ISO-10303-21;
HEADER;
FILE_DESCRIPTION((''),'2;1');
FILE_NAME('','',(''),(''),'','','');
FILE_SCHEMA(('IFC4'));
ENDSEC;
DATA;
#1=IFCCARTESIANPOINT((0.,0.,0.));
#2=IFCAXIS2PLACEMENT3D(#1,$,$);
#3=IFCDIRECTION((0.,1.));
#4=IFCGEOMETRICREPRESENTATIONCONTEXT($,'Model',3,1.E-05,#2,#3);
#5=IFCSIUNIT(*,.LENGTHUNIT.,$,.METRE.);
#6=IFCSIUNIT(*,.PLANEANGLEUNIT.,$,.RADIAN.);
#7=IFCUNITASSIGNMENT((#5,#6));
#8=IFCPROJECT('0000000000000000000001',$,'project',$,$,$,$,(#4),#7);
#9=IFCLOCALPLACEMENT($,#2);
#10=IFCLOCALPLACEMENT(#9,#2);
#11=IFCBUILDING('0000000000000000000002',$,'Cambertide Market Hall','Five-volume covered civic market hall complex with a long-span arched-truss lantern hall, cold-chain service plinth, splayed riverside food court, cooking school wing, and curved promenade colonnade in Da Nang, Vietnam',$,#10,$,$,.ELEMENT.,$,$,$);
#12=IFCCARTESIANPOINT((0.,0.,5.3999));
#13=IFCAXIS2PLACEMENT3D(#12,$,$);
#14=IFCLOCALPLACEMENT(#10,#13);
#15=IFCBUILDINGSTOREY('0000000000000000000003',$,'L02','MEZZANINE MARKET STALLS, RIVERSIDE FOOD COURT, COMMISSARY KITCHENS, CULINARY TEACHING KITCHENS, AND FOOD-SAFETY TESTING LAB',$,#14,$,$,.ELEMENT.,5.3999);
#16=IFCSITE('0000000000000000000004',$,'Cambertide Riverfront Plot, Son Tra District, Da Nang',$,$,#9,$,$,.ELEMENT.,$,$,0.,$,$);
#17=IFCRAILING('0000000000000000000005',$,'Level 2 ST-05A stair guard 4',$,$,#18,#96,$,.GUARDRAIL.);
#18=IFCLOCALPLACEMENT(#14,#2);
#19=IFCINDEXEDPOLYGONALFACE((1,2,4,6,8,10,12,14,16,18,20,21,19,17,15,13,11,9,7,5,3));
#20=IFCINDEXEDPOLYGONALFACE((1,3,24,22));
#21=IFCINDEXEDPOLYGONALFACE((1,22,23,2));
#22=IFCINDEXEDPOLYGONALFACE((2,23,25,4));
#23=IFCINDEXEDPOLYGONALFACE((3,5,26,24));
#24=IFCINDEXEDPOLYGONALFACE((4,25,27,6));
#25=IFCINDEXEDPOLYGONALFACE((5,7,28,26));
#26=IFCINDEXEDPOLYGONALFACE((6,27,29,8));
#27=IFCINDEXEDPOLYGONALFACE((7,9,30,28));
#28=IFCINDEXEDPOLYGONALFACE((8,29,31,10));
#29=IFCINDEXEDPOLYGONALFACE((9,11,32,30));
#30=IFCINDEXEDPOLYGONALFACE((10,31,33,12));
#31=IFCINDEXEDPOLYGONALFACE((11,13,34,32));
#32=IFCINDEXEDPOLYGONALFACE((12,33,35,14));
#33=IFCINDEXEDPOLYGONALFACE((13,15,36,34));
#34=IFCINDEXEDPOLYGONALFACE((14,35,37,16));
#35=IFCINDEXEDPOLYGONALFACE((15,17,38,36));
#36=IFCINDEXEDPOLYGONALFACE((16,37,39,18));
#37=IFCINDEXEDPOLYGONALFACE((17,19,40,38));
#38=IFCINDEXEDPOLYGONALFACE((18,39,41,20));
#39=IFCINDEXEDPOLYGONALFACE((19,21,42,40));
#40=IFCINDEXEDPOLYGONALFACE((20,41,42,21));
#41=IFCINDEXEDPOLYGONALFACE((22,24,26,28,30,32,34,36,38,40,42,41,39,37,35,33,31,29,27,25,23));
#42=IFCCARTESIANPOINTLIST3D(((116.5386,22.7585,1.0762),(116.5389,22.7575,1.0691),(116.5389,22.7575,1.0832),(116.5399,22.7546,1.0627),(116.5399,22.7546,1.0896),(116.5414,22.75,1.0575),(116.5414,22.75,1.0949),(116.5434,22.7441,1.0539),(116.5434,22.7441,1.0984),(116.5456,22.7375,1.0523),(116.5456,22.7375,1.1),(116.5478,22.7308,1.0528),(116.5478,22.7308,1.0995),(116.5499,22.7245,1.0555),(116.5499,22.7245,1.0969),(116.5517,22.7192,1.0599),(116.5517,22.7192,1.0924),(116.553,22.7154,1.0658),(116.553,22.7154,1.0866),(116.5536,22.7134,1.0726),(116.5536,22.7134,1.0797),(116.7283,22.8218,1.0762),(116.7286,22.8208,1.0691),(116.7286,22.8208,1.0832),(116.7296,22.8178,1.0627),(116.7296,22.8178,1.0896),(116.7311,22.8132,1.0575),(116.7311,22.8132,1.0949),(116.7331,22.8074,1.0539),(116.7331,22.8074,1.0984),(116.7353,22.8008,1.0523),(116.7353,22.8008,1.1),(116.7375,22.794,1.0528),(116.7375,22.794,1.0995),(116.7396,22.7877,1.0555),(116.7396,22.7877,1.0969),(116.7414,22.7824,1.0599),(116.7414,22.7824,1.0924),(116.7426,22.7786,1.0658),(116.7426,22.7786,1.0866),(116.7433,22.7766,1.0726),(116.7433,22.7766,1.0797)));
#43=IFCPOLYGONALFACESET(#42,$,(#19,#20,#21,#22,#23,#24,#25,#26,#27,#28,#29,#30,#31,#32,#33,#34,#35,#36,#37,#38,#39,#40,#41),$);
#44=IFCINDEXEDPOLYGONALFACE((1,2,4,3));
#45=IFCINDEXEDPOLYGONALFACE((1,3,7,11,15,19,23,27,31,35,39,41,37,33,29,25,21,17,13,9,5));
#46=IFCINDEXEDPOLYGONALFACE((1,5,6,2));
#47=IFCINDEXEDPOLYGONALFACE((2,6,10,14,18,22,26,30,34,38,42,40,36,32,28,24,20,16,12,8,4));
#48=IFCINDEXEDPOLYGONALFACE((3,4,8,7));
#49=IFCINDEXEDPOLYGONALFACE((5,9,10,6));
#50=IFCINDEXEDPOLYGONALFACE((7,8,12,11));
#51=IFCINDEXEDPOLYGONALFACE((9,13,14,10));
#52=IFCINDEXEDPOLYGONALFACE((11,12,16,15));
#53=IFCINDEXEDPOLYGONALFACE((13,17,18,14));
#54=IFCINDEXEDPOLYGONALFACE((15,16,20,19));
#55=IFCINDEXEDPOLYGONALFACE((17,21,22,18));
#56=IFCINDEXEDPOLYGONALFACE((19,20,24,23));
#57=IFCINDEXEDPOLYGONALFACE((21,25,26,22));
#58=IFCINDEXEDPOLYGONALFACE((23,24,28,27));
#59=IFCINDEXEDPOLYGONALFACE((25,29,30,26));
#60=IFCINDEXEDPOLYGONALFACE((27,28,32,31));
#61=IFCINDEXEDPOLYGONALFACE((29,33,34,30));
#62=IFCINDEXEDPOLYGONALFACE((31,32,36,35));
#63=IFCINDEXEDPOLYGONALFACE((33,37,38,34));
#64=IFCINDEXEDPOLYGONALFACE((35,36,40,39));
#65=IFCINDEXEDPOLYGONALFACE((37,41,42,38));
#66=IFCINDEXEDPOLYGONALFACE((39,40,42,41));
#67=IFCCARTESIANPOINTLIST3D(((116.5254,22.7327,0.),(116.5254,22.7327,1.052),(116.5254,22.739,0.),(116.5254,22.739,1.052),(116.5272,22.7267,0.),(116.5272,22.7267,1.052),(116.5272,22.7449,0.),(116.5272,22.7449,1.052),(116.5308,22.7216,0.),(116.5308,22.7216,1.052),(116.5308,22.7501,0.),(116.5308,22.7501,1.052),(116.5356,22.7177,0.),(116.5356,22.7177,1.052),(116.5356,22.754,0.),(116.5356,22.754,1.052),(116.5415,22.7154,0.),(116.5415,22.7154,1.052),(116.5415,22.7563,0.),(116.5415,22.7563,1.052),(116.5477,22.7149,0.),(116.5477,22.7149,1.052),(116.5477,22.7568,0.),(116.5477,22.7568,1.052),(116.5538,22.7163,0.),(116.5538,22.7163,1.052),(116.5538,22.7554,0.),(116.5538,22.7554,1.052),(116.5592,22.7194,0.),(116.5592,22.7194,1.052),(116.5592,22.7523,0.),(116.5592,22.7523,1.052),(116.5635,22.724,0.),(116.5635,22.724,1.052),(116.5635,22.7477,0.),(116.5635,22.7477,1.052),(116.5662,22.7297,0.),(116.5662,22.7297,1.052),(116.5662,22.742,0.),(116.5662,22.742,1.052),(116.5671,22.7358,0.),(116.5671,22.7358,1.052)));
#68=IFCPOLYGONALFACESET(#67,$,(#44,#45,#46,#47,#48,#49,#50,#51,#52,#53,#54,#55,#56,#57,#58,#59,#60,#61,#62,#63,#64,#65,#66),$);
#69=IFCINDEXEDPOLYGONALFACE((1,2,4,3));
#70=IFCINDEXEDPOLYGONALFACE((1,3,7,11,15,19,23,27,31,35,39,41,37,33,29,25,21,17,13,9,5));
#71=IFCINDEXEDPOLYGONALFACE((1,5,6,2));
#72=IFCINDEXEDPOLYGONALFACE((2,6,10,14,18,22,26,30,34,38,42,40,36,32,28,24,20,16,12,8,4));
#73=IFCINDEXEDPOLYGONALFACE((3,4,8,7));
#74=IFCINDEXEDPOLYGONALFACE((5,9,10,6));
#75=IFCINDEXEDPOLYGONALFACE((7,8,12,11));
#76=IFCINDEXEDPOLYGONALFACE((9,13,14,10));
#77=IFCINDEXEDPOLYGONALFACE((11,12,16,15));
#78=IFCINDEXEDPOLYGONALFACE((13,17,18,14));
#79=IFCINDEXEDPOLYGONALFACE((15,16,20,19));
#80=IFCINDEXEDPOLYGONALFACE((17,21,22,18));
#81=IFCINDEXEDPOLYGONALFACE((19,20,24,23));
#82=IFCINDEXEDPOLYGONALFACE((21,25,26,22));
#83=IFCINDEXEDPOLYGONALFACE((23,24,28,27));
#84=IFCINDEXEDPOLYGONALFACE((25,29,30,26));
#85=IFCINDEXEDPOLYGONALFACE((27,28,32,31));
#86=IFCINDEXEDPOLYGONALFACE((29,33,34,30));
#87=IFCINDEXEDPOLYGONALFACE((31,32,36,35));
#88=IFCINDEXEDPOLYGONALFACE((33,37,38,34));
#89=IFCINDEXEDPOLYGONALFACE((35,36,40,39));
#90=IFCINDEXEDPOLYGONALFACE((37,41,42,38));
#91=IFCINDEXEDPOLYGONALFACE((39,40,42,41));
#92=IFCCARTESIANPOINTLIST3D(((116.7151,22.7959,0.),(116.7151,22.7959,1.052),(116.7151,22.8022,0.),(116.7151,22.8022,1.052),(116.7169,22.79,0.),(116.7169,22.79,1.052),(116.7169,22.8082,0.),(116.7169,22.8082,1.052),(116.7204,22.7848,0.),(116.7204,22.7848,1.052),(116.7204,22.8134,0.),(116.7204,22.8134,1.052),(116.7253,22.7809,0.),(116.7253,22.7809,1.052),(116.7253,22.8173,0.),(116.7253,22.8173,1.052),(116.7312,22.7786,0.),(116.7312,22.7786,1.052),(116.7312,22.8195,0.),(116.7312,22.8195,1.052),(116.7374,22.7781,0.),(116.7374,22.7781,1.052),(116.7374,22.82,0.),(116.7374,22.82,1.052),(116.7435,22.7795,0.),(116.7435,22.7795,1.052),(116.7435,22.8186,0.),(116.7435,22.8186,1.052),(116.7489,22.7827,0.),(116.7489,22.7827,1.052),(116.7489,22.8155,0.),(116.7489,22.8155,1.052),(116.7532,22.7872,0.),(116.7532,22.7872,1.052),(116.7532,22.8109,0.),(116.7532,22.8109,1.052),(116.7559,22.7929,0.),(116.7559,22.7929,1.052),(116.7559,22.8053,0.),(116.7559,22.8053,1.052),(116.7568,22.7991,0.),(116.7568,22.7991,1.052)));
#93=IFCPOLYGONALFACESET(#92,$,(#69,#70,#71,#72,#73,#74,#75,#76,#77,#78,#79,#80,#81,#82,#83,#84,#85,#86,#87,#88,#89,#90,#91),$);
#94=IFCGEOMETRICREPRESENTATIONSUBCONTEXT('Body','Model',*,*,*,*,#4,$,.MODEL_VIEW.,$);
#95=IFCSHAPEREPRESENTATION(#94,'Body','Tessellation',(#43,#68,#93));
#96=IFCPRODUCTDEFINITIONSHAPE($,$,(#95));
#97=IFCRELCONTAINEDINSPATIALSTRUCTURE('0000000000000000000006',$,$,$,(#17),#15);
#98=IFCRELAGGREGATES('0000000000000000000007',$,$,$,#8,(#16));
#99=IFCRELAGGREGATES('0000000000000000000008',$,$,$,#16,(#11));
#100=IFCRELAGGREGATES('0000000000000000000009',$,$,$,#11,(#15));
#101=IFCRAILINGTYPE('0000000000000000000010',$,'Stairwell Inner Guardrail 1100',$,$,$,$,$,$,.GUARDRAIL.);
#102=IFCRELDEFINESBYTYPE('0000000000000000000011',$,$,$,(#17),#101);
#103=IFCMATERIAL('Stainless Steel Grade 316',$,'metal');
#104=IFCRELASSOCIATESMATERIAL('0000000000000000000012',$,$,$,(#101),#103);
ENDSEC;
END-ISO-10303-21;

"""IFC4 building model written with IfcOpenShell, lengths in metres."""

from ifc_helpers import new_model, si_unit, direction, frame, origin, origin_2d, place, context, subcontext, project, spatial, circle, extrude, material, type_object, element, save


model = new_model("IFC4")

# Units and contexts
model_context = context("Model", 3, precision=1e-05, world=origin(), true_north=direction((0.0, 1.0)))
body_context = subcontext(model_context, "Body", "Model", "MODEL_VIEW")
ifc_project = project(units=[si_unit("LENGTHUNIT", "METRE"), si_unit("PLANEANGLEUNIT", "RADIAN")], contexts=[model_context])

# Site, building, storey
site_placement = place(None, origin())
site = spatial("IfcSite", under=ifc_project, at=site_placement, Name="Cambertide Riverfront Plot, Son Tra District, Da Nang", CompositionType="ELEMENT", RefElevation=0.0)
building_placement = place(site_placement, origin())
building = spatial("IfcBuilding", under=site, at=building_placement, Name="Cambertide Market Hall", Description="Five-volume covered civic market hall complex with a long-span arched-truss lantern hall, cold-chain service plinth, splayed riverside food court, cooking school wing, and curved promenade colonnade in Da Nang, Vietnam", CompositionType="ELEMENT")
storey_placement = place(building_placement, frame((0.0, 0.0, 5.3999)))
storey = spatial("IfcBuildingStorey", under=building, at=storey_placement, Name="L02", Description="MEZZANINE MARKET STALLS, RIVERSIDE FOOD COURT, COMMISSARY KITCHENS, CULINARY TEACHING KITCHENS, AND FOOD-SAFETY TESTING LAB", CompositionType="ELEMENT", Elevation=5.3999)

# Railing
ifc_material_1 = material(Name="Stainless Steel Grade 316", Category="metal")
railing_type_1 = type_object("IfcRailingType", Name="Stairwell Inner Guardrail 1100", PredefinedType="GUARDRAIL", material=ifc_material_1)
railing_1_placement = place(storey_placement, frame((116.5461, 22.7358, 0.0)))
element("IfcRailing", 1, at=railing_1_placement, inside=storey, type_object=railing_type_1, Name="Level 2 ST-05A stair guard 4", PredefinedType="GUARDRAIL", context=body_context, shape_type="SweptSolid", body=[
    extrude(circle(Radius=0.0239, at=origin_2d()), frame((0.0, 0.0, 1.0762), z_axis=(0.948683, 0.316228, 0.0), x_axis=(-0.316228, 0.948683, 0.0)), (0.0, 0.0, 1.0), 0.2),
    extrude(circle(Radius=0.021, at=origin_2d()), origin(), (0.0, 0.0, 1.0), 1.052),
    extrude(circle(Radius=0.021, at=origin_2d()), frame((0.1897, 0.0632, 0.0)), (0.0, 0.0, 1.0), 1.052),
])

save(model, "model.ifc")
